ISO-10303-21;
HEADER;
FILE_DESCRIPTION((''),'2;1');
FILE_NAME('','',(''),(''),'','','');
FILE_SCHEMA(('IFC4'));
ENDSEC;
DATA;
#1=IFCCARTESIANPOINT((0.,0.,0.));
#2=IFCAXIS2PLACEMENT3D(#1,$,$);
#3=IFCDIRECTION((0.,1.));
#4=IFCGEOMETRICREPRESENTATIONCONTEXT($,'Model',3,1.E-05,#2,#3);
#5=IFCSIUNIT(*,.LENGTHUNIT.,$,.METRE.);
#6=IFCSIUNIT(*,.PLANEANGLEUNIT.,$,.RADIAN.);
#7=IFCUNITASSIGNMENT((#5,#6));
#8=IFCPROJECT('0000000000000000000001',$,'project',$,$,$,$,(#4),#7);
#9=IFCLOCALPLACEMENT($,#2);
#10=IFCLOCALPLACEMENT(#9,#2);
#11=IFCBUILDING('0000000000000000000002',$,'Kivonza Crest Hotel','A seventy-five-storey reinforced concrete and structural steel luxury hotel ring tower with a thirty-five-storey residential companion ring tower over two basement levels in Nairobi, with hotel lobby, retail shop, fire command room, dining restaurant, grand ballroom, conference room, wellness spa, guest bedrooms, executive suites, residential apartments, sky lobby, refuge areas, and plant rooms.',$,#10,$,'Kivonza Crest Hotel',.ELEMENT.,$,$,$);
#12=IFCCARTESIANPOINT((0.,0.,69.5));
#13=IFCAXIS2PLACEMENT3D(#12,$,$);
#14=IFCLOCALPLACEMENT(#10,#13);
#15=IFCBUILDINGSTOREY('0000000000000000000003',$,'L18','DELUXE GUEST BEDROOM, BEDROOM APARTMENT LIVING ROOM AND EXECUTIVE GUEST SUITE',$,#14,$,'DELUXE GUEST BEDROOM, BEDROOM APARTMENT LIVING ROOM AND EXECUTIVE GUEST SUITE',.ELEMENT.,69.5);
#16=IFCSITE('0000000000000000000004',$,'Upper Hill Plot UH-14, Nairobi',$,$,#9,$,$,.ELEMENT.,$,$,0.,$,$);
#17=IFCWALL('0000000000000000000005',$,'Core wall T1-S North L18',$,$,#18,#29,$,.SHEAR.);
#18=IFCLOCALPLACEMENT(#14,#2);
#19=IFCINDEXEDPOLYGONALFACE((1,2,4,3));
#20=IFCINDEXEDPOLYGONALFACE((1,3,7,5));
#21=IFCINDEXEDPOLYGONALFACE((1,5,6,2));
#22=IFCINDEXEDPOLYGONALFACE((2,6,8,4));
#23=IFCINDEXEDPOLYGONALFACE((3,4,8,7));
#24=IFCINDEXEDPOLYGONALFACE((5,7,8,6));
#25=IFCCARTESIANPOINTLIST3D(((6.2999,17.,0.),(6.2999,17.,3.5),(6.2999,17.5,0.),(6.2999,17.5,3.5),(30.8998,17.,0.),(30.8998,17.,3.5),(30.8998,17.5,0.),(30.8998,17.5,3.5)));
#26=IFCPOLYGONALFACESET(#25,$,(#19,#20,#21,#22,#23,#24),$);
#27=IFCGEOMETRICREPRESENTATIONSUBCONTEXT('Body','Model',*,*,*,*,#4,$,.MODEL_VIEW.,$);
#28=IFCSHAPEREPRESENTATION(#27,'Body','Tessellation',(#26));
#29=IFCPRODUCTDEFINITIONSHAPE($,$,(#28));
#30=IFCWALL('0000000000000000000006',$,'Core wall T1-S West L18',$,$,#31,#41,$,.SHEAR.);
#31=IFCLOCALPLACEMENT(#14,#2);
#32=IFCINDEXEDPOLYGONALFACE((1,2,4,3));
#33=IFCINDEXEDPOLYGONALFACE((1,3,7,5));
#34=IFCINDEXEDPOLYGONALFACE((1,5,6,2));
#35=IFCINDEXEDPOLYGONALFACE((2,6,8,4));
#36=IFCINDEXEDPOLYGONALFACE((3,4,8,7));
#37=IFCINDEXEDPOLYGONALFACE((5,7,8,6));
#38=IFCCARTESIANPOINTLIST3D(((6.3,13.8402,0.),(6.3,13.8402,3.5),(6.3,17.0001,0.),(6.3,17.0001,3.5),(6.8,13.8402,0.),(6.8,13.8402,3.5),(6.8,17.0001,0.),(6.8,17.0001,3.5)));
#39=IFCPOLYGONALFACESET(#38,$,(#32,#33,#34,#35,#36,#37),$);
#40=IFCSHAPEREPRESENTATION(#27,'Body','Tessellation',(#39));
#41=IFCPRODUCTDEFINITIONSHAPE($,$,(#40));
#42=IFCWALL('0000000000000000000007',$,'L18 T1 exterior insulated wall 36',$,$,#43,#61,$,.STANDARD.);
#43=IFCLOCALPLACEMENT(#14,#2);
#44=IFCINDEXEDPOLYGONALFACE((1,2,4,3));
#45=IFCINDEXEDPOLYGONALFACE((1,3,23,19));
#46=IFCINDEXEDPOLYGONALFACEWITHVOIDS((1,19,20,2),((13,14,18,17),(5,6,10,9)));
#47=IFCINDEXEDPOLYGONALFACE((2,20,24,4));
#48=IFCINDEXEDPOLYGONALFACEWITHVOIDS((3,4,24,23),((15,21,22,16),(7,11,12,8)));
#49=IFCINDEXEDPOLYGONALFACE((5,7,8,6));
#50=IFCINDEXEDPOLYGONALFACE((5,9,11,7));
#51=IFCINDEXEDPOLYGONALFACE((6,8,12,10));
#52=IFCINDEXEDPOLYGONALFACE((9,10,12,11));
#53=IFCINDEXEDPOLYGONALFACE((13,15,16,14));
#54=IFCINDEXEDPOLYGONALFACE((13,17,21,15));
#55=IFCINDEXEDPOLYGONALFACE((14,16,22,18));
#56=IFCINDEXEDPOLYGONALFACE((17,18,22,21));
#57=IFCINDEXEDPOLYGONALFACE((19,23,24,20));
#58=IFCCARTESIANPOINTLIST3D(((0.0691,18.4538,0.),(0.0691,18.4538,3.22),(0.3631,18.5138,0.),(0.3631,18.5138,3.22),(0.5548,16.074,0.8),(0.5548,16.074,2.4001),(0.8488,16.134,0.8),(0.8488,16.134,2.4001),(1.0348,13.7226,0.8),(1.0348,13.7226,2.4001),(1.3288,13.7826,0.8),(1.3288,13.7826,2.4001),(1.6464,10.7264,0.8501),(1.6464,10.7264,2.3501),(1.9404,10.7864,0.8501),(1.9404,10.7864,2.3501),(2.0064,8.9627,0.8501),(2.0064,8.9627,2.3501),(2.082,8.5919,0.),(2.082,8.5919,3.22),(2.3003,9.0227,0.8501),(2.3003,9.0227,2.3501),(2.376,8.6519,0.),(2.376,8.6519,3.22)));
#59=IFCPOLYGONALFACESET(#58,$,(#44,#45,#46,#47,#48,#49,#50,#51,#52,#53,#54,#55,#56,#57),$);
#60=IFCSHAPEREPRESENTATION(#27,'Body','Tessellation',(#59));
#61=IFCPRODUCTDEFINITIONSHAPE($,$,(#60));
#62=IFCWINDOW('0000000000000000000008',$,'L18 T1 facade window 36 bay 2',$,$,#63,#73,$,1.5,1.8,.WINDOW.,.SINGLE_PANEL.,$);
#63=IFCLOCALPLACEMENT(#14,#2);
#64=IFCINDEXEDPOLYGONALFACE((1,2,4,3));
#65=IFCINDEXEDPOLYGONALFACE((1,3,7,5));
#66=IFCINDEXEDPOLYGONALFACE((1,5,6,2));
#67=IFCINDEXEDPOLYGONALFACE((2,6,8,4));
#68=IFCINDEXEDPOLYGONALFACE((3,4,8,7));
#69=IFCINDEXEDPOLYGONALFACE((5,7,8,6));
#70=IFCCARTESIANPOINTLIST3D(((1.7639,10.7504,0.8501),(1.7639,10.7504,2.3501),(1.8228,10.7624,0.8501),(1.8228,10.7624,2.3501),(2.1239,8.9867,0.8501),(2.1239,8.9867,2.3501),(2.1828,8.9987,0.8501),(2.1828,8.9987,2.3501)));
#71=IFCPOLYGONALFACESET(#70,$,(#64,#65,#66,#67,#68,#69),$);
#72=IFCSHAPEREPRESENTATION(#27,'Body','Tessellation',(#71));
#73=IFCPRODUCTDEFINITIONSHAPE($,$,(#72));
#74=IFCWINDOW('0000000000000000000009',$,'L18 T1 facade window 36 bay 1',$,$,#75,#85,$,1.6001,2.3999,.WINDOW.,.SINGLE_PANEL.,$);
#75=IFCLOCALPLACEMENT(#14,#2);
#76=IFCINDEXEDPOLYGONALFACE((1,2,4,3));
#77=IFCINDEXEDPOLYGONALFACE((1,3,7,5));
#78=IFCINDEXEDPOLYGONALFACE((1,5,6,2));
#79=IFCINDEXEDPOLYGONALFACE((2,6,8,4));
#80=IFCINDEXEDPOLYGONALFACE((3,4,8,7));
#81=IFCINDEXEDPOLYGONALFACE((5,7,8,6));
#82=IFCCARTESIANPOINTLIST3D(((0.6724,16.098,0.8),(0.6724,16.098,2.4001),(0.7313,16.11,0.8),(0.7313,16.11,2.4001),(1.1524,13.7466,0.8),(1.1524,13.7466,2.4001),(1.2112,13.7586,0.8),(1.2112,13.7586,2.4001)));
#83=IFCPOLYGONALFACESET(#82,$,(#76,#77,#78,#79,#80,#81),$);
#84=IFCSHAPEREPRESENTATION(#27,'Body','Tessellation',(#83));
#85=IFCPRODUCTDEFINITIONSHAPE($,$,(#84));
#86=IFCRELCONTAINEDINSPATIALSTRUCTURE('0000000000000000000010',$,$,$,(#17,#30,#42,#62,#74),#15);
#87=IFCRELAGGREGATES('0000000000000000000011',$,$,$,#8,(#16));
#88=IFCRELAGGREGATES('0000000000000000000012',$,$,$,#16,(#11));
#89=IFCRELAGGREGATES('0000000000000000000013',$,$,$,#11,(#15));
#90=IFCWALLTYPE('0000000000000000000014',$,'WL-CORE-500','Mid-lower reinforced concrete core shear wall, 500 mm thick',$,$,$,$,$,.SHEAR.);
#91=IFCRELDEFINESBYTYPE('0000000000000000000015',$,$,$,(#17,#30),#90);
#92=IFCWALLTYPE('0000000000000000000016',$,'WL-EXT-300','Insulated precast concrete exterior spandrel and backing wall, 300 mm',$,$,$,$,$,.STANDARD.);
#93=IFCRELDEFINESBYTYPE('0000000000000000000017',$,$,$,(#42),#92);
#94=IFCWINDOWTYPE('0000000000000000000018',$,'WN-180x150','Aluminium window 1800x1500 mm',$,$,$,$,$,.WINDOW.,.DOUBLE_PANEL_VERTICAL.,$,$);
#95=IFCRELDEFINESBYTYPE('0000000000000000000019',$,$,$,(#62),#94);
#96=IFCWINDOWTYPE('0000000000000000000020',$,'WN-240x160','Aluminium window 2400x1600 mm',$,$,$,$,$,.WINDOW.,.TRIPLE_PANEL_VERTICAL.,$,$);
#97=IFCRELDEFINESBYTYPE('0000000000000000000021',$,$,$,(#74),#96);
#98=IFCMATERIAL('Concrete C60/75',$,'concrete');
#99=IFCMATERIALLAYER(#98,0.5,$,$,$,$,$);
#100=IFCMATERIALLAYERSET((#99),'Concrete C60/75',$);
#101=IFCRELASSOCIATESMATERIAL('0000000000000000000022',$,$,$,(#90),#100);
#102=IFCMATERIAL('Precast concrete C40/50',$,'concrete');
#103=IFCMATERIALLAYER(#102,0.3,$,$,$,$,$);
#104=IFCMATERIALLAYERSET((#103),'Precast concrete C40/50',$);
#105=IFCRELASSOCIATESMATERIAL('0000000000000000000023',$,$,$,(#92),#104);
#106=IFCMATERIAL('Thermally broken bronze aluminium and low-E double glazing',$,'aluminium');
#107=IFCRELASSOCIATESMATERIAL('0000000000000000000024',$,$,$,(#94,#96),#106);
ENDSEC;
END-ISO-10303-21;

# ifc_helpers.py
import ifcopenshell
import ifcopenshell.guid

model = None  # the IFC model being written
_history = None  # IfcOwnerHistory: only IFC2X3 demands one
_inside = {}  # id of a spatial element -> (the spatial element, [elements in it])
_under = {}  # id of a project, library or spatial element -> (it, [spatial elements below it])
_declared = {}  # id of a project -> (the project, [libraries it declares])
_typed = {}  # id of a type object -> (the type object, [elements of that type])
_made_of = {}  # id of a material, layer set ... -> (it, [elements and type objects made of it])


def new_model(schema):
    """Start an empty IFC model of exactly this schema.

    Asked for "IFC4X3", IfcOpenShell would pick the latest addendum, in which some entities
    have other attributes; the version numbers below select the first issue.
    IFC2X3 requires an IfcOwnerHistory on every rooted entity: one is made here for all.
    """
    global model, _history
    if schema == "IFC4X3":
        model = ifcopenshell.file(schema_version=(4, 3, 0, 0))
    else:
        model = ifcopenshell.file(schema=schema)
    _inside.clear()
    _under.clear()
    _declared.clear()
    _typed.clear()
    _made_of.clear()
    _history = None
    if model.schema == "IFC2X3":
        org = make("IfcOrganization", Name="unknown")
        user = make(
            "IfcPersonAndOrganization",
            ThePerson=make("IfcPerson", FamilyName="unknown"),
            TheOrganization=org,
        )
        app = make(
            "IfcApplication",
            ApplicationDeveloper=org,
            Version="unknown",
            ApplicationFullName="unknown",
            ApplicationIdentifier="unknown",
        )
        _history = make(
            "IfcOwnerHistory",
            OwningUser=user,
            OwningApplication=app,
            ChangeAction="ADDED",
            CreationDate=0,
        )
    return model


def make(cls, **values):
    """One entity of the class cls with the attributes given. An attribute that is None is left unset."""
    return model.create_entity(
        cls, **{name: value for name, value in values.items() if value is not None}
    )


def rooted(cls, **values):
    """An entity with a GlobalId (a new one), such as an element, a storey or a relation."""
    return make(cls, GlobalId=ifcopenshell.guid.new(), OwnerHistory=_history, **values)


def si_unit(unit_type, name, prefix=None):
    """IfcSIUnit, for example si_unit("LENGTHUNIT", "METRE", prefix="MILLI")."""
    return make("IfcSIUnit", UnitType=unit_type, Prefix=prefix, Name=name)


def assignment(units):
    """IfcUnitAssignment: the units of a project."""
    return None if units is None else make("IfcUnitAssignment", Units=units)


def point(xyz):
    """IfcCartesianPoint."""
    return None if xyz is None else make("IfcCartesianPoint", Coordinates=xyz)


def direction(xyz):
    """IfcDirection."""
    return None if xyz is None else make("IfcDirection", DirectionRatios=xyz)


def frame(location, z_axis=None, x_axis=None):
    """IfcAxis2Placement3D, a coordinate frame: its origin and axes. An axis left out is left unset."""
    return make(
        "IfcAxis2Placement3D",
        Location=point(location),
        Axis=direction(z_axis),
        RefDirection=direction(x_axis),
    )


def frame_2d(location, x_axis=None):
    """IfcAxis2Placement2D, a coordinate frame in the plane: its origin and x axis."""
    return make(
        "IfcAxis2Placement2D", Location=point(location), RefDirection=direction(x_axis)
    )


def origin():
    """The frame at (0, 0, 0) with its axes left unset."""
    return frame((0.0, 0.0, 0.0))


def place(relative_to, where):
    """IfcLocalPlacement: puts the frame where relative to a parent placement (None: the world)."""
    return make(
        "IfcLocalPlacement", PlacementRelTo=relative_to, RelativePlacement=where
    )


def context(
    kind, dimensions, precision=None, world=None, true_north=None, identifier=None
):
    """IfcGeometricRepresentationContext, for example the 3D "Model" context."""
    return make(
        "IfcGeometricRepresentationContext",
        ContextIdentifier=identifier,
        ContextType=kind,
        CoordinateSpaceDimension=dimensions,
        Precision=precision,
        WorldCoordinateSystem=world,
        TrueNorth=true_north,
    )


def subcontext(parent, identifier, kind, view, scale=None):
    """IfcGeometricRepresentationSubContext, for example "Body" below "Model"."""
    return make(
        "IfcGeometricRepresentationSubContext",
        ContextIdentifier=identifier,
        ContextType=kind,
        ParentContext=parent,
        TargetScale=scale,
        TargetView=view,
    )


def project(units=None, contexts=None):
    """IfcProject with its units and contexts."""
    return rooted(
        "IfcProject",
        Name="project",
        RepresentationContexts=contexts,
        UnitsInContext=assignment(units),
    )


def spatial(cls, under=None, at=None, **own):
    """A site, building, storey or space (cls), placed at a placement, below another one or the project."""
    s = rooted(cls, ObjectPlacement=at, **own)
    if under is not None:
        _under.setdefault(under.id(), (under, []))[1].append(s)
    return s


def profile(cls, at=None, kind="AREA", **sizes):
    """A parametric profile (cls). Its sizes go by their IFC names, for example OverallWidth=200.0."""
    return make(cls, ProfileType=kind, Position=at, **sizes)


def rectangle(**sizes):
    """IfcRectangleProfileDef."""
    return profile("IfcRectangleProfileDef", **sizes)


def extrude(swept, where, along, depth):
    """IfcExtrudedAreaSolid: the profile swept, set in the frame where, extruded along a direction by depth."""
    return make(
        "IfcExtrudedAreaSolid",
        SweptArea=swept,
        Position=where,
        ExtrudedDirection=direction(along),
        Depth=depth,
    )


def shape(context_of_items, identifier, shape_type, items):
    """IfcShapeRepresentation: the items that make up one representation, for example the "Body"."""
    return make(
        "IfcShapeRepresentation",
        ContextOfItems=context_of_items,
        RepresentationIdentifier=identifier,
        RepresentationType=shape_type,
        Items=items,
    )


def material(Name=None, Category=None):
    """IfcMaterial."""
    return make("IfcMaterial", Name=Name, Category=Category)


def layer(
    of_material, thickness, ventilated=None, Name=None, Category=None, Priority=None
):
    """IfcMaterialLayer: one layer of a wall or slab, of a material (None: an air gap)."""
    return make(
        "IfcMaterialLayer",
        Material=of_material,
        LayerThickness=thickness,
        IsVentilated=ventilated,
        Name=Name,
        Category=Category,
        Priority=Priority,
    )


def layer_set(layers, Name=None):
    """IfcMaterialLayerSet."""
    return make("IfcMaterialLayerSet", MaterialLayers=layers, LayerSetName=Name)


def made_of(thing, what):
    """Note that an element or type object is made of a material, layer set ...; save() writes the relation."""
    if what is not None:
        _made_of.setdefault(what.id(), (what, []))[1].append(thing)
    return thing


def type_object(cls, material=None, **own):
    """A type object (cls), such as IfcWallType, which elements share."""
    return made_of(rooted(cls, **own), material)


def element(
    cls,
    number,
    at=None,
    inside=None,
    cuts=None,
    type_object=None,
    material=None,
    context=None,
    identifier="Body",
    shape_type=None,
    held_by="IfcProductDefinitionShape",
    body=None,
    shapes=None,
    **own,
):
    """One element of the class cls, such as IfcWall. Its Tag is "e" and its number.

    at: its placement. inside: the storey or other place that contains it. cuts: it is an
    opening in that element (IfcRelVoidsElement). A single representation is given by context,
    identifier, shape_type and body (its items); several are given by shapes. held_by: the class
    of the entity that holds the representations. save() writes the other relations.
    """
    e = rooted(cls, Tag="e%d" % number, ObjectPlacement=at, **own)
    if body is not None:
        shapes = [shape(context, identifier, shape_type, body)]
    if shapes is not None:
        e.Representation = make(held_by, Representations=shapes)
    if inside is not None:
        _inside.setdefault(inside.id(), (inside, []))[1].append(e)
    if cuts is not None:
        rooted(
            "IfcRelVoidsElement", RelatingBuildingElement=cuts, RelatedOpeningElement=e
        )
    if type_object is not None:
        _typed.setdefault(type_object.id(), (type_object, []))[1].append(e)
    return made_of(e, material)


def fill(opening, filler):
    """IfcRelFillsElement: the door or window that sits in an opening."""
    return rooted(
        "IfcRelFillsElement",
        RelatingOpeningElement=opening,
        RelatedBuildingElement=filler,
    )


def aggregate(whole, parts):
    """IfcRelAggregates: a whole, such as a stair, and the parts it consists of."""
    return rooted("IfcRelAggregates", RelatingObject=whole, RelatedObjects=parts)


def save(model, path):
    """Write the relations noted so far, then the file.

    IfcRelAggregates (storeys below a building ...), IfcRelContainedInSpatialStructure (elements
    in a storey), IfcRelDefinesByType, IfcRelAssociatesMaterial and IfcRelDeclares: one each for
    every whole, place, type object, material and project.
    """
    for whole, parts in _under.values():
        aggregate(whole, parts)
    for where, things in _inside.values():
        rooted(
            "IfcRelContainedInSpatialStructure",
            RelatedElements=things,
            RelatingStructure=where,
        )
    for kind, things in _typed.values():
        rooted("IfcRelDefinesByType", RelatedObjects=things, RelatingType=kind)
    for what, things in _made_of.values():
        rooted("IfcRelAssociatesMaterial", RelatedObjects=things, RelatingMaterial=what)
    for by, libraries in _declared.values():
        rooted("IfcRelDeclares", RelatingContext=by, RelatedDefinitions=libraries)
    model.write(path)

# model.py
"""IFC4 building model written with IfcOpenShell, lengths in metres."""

from ifc_helpers import new_model, si_unit, direction, frame, frame_2d, origin, place, context, subcontext, project, spatial, rectangle, extrude, material, layer, layer_set, type_object, element, fill, save


model = new_model("IFC4")

# Units and contexts
model_context = context("Model", 3, precision=1e-05, world=origin(), true_north=direction((0.0, 1.0)))
body_context = subcontext(model_context, "Body", "Model", "MODEL_VIEW")
ifc_project = project(units=[si_unit("LENGTHUNIT", "METRE"), si_unit("PLANEANGLEUNIT", "RADIAN")], contexts=[model_context])

# Site, building, storey
site_placement = place(None, origin())
site = spatial("IfcSite", under=ifc_project, at=site_placement, Name="Upper Hill Plot UH-14, Nairobi", CompositionType="ELEMENT", RefElevation=0.0)
building_placement = place(site_placement, origin())
building = spatial("IfcBuilding", under=site, at=building_placement, Name="Kivonza Crest Hotel", Description="A seventy-five-storey reinforced concrete and structural steel luxury hotel ring tower with a thirty-five-storey residential companion ring tower over two basement levels in Nairobi, with hotel lobby, retail shop, fire command room, dining restaurant, grand ballroom, conference room, wellness spa, guest bedrooms, executive suites, residential apartments, sky lobby, refuge areas, and plant rooms.", LongName="Kivonza Crest Hotel", CompositionType="ELEMENT")
storey_placement = place(building_placement, frame((0.0, 0.0, 69.5)))
storey = spatial("IfcBuildingStorey", under=building, at=storey_placement, Name="L18", Description="DELUXE GUEST BEDROOM, BEDROOM APARTMENT LIVING ROOM AND EXECUTIVE GUEST SUITE", LongName="DELUXE GUEST BEDROOM, BEDROOM APARTMENT LIVING ROOM AND EXECUTIVE GUEST SUITE", CompositionType="ELEMENT", Elevation=69.5)

# Shared definitions
ifc_material_1 = material(Name="Concrete C60/75", Category="concrete")

# Shared definitions
ifc_layer_1 = layer(ifc_material_1, 0.5)
ifc_layer_set_1 = layer_set([ifc_layer_1], Name="Concrete C60/75")
wall_type_1 = type_object("IfcWallType", Name="WL-CORE-500", Description="Mid-lower reinforced concrete core shear wall, 500 mm thick", PredefinedType="SHEAR", material=ifc_layer_set_1)

# Walls
wall_1_placement = place(storey_placement, frame((6.3, 17.25, 0.0), z_axis=(0.0, 0.0, 1.0), x_axis=(1.0, 0.0, 0.0)))
element("IfcWall", 1, at=wall_1_placement, inside=storey, type_object=wall_type_1, Name="Core wall T1-S North L18", PredefinedType="SHEAR", context=body_context, shape_type="SweptSolid", body=[
    extrude(rectangle(XDim=24.5999, YDim=0.5, at=frame_2d((12.2998, 0.0))), origin(), (0.0, 0.0, 1.0), 3.5),
])
wall_2_placement = place(storey_placement, frame((6.55, 13.8401, 0.0), z_axis=(0.0, 0.0, 1.0), x_axis=(0.0, 1.0, 0.0)))
element("IfcWall", 2, at=wall_2_placement, inside=storey, type_object=wall_type_1, Name="Core wall T1-S West L18", PredefinedType="SHEAR", context=body_context, shape_type="SweptSolid", body=[
    extrude(rectangle(XDim=3.1599, YDim=0.5, at=frame_2d((1.5801, 0.0))), origin(), (0.0, 0.0, 1.0), 3.5),
])

# Wall, openings, windows
ifc_material_2 = material(Name="Precast concrete C40/50", Category="concrete")
ifc_layer_2 = layer(ifc_material_2, 0.3)
ifc_layer_set_2 = layer_set([ifc_layer_2], Name="Precast concrete C40/50")
wall_type_2 = type_object("IfcWallType", Name="WL-EXT-300", Description="Insulated precast concrete exterior spandrel and backing wall, 300 mm", PredefinedType="STANDARD", material=ifc_layer_set_2)
wall_3_placement = place(storey_placement, frame((0.2161, 18.4839, 0.0), z_axis=(0.0, 0.0, 1.0), x_axis=(0.199991, -0.979798, 0.0)))
wall_3 = element("IfcWall", 3, at=wall_3_placement, inside=storey, type_object=wall_type_2, Name="L18 T1 exterior insulated wall 36", PredefinedType="STANDARD", context=body_context, shape_type="SweptSolid", body=[
    extrude(rectangle(XDim=10.0652, YDim=0.3, at=frame_2d((5.0327, 0.0))), origin(), (0.0, 0.0, 1.0), 3.22),
])
opening_1_placement = place(wall_3_placement, frame((2.429, 0.0, 0.8)))
opening_1 = element("IfcOpeningElement", 4, at=opening_1_placement, cuts=wall_3, PredefinedType="OPENING", context=body_context, shape_type="SweptSolid", body=[
    extrude(rectangle(XDim=2.3999, YDim=1.6001, at=frame_2d((1.2, 0.8))), frame((0.0, 0.1602, 0.0), z_axis=(0.0, -1.0, 0.0), x_axis=(1.0, 0.0, 0.0)), (0.0, 0.0, 1.0), 0.3201),
])
opening_2_placement = place(wall_3_placement, frame((7.887, 0.0, 0.8501)))
opening_2 = element("IfcOpeningElement", 5, at=opening_2_placement, cuts=wall_3, PredefinedType="OPENING", context=body_context, shape_type="SweptSolid", body=[
    extrude(rectangle(XDim=1.8, YDim=1.5, at=frame_2d((0.8999, 0.75))), frame((0.0, 0.1602, 0.0), z_axis=(0.0, -1.0, 0.0), x_axis=(1.0, 0.0, 0.0)), (0.0, 0.0, 1.0), 0.3201),
])
ifc_material_3 = material(Name="Thermally broken bronze aluminium and low-E double glazing", Category="aluminium")
window_type_1 = type_object("IfcWindowType", Name="WN-180x150", Description="Aluminium window 1800x1500 mm", PartitioningType="DOUBLE_PANEL_VERTICAL", PredefinedType="WINDOW", material=ifc_material_3)
window_1_placement = place(opening_2_placement, origin())
window_1 = element("IfcWindow", 6, at=window_1_placement, inside=storey, type_object=window_type_1, Name="L18 T1 facade window 36 bay 2", OverallHeight=1.5, OverallWidth=1.8, PartitioningType="SINGLE_PANEL", PredefinedType="WINDOW", context=body_context, shape_type="SweptSolid", body=[
    extrude(rectangle(XDim=1.8, YDim=1.5, at=frame_2d((0.8999, 0.75))), frame((0.0, 0.03, 0.0), z_axis=(0.0, -1.0, 0.0), x_axis=(1.0, 0.0, 0.0)), (0.0, 0.0, 1.0), 0.0601),
])
fill(opening_2, window_1)
window_type_2 = type_object("IfcWindowType", Name="WN-240x160", Description="Aluminium window 2400x1600 mm", PartitioningType="TRIPLE_PANEL_VERTICAL", PredefinedType="WINDOW", material=ifc_material_3)
window_2_placement = place(opening_1_placement, origin())
window_2 = element("IfcWindow", 7, at=window_2_placement, inside=storey, type_object=window_type_2, Name="L18 T1 facade window 36 bay 1", OverallHeight=1.6001, OverallWidth=2.3999, PartitioningType="SINGLE_PANEL", PredefinedType="WINDOW", context=body_context, shape_type="SweptSolid", body=[
    extrude(rectangle(XDim=2.3999, YDim=1.6001, at=frame_2d((1.2, 0.8))), frame((0.0, 0.03, 0.0), z_axis=(0.0, -1.0, 0.0), x_axis=(1.0, 0.0, 0.0)), (0.0, 0.0, 1.0), 0.0601),
])
fill(opening_1, window_2)

save(model, "model.ifc")
